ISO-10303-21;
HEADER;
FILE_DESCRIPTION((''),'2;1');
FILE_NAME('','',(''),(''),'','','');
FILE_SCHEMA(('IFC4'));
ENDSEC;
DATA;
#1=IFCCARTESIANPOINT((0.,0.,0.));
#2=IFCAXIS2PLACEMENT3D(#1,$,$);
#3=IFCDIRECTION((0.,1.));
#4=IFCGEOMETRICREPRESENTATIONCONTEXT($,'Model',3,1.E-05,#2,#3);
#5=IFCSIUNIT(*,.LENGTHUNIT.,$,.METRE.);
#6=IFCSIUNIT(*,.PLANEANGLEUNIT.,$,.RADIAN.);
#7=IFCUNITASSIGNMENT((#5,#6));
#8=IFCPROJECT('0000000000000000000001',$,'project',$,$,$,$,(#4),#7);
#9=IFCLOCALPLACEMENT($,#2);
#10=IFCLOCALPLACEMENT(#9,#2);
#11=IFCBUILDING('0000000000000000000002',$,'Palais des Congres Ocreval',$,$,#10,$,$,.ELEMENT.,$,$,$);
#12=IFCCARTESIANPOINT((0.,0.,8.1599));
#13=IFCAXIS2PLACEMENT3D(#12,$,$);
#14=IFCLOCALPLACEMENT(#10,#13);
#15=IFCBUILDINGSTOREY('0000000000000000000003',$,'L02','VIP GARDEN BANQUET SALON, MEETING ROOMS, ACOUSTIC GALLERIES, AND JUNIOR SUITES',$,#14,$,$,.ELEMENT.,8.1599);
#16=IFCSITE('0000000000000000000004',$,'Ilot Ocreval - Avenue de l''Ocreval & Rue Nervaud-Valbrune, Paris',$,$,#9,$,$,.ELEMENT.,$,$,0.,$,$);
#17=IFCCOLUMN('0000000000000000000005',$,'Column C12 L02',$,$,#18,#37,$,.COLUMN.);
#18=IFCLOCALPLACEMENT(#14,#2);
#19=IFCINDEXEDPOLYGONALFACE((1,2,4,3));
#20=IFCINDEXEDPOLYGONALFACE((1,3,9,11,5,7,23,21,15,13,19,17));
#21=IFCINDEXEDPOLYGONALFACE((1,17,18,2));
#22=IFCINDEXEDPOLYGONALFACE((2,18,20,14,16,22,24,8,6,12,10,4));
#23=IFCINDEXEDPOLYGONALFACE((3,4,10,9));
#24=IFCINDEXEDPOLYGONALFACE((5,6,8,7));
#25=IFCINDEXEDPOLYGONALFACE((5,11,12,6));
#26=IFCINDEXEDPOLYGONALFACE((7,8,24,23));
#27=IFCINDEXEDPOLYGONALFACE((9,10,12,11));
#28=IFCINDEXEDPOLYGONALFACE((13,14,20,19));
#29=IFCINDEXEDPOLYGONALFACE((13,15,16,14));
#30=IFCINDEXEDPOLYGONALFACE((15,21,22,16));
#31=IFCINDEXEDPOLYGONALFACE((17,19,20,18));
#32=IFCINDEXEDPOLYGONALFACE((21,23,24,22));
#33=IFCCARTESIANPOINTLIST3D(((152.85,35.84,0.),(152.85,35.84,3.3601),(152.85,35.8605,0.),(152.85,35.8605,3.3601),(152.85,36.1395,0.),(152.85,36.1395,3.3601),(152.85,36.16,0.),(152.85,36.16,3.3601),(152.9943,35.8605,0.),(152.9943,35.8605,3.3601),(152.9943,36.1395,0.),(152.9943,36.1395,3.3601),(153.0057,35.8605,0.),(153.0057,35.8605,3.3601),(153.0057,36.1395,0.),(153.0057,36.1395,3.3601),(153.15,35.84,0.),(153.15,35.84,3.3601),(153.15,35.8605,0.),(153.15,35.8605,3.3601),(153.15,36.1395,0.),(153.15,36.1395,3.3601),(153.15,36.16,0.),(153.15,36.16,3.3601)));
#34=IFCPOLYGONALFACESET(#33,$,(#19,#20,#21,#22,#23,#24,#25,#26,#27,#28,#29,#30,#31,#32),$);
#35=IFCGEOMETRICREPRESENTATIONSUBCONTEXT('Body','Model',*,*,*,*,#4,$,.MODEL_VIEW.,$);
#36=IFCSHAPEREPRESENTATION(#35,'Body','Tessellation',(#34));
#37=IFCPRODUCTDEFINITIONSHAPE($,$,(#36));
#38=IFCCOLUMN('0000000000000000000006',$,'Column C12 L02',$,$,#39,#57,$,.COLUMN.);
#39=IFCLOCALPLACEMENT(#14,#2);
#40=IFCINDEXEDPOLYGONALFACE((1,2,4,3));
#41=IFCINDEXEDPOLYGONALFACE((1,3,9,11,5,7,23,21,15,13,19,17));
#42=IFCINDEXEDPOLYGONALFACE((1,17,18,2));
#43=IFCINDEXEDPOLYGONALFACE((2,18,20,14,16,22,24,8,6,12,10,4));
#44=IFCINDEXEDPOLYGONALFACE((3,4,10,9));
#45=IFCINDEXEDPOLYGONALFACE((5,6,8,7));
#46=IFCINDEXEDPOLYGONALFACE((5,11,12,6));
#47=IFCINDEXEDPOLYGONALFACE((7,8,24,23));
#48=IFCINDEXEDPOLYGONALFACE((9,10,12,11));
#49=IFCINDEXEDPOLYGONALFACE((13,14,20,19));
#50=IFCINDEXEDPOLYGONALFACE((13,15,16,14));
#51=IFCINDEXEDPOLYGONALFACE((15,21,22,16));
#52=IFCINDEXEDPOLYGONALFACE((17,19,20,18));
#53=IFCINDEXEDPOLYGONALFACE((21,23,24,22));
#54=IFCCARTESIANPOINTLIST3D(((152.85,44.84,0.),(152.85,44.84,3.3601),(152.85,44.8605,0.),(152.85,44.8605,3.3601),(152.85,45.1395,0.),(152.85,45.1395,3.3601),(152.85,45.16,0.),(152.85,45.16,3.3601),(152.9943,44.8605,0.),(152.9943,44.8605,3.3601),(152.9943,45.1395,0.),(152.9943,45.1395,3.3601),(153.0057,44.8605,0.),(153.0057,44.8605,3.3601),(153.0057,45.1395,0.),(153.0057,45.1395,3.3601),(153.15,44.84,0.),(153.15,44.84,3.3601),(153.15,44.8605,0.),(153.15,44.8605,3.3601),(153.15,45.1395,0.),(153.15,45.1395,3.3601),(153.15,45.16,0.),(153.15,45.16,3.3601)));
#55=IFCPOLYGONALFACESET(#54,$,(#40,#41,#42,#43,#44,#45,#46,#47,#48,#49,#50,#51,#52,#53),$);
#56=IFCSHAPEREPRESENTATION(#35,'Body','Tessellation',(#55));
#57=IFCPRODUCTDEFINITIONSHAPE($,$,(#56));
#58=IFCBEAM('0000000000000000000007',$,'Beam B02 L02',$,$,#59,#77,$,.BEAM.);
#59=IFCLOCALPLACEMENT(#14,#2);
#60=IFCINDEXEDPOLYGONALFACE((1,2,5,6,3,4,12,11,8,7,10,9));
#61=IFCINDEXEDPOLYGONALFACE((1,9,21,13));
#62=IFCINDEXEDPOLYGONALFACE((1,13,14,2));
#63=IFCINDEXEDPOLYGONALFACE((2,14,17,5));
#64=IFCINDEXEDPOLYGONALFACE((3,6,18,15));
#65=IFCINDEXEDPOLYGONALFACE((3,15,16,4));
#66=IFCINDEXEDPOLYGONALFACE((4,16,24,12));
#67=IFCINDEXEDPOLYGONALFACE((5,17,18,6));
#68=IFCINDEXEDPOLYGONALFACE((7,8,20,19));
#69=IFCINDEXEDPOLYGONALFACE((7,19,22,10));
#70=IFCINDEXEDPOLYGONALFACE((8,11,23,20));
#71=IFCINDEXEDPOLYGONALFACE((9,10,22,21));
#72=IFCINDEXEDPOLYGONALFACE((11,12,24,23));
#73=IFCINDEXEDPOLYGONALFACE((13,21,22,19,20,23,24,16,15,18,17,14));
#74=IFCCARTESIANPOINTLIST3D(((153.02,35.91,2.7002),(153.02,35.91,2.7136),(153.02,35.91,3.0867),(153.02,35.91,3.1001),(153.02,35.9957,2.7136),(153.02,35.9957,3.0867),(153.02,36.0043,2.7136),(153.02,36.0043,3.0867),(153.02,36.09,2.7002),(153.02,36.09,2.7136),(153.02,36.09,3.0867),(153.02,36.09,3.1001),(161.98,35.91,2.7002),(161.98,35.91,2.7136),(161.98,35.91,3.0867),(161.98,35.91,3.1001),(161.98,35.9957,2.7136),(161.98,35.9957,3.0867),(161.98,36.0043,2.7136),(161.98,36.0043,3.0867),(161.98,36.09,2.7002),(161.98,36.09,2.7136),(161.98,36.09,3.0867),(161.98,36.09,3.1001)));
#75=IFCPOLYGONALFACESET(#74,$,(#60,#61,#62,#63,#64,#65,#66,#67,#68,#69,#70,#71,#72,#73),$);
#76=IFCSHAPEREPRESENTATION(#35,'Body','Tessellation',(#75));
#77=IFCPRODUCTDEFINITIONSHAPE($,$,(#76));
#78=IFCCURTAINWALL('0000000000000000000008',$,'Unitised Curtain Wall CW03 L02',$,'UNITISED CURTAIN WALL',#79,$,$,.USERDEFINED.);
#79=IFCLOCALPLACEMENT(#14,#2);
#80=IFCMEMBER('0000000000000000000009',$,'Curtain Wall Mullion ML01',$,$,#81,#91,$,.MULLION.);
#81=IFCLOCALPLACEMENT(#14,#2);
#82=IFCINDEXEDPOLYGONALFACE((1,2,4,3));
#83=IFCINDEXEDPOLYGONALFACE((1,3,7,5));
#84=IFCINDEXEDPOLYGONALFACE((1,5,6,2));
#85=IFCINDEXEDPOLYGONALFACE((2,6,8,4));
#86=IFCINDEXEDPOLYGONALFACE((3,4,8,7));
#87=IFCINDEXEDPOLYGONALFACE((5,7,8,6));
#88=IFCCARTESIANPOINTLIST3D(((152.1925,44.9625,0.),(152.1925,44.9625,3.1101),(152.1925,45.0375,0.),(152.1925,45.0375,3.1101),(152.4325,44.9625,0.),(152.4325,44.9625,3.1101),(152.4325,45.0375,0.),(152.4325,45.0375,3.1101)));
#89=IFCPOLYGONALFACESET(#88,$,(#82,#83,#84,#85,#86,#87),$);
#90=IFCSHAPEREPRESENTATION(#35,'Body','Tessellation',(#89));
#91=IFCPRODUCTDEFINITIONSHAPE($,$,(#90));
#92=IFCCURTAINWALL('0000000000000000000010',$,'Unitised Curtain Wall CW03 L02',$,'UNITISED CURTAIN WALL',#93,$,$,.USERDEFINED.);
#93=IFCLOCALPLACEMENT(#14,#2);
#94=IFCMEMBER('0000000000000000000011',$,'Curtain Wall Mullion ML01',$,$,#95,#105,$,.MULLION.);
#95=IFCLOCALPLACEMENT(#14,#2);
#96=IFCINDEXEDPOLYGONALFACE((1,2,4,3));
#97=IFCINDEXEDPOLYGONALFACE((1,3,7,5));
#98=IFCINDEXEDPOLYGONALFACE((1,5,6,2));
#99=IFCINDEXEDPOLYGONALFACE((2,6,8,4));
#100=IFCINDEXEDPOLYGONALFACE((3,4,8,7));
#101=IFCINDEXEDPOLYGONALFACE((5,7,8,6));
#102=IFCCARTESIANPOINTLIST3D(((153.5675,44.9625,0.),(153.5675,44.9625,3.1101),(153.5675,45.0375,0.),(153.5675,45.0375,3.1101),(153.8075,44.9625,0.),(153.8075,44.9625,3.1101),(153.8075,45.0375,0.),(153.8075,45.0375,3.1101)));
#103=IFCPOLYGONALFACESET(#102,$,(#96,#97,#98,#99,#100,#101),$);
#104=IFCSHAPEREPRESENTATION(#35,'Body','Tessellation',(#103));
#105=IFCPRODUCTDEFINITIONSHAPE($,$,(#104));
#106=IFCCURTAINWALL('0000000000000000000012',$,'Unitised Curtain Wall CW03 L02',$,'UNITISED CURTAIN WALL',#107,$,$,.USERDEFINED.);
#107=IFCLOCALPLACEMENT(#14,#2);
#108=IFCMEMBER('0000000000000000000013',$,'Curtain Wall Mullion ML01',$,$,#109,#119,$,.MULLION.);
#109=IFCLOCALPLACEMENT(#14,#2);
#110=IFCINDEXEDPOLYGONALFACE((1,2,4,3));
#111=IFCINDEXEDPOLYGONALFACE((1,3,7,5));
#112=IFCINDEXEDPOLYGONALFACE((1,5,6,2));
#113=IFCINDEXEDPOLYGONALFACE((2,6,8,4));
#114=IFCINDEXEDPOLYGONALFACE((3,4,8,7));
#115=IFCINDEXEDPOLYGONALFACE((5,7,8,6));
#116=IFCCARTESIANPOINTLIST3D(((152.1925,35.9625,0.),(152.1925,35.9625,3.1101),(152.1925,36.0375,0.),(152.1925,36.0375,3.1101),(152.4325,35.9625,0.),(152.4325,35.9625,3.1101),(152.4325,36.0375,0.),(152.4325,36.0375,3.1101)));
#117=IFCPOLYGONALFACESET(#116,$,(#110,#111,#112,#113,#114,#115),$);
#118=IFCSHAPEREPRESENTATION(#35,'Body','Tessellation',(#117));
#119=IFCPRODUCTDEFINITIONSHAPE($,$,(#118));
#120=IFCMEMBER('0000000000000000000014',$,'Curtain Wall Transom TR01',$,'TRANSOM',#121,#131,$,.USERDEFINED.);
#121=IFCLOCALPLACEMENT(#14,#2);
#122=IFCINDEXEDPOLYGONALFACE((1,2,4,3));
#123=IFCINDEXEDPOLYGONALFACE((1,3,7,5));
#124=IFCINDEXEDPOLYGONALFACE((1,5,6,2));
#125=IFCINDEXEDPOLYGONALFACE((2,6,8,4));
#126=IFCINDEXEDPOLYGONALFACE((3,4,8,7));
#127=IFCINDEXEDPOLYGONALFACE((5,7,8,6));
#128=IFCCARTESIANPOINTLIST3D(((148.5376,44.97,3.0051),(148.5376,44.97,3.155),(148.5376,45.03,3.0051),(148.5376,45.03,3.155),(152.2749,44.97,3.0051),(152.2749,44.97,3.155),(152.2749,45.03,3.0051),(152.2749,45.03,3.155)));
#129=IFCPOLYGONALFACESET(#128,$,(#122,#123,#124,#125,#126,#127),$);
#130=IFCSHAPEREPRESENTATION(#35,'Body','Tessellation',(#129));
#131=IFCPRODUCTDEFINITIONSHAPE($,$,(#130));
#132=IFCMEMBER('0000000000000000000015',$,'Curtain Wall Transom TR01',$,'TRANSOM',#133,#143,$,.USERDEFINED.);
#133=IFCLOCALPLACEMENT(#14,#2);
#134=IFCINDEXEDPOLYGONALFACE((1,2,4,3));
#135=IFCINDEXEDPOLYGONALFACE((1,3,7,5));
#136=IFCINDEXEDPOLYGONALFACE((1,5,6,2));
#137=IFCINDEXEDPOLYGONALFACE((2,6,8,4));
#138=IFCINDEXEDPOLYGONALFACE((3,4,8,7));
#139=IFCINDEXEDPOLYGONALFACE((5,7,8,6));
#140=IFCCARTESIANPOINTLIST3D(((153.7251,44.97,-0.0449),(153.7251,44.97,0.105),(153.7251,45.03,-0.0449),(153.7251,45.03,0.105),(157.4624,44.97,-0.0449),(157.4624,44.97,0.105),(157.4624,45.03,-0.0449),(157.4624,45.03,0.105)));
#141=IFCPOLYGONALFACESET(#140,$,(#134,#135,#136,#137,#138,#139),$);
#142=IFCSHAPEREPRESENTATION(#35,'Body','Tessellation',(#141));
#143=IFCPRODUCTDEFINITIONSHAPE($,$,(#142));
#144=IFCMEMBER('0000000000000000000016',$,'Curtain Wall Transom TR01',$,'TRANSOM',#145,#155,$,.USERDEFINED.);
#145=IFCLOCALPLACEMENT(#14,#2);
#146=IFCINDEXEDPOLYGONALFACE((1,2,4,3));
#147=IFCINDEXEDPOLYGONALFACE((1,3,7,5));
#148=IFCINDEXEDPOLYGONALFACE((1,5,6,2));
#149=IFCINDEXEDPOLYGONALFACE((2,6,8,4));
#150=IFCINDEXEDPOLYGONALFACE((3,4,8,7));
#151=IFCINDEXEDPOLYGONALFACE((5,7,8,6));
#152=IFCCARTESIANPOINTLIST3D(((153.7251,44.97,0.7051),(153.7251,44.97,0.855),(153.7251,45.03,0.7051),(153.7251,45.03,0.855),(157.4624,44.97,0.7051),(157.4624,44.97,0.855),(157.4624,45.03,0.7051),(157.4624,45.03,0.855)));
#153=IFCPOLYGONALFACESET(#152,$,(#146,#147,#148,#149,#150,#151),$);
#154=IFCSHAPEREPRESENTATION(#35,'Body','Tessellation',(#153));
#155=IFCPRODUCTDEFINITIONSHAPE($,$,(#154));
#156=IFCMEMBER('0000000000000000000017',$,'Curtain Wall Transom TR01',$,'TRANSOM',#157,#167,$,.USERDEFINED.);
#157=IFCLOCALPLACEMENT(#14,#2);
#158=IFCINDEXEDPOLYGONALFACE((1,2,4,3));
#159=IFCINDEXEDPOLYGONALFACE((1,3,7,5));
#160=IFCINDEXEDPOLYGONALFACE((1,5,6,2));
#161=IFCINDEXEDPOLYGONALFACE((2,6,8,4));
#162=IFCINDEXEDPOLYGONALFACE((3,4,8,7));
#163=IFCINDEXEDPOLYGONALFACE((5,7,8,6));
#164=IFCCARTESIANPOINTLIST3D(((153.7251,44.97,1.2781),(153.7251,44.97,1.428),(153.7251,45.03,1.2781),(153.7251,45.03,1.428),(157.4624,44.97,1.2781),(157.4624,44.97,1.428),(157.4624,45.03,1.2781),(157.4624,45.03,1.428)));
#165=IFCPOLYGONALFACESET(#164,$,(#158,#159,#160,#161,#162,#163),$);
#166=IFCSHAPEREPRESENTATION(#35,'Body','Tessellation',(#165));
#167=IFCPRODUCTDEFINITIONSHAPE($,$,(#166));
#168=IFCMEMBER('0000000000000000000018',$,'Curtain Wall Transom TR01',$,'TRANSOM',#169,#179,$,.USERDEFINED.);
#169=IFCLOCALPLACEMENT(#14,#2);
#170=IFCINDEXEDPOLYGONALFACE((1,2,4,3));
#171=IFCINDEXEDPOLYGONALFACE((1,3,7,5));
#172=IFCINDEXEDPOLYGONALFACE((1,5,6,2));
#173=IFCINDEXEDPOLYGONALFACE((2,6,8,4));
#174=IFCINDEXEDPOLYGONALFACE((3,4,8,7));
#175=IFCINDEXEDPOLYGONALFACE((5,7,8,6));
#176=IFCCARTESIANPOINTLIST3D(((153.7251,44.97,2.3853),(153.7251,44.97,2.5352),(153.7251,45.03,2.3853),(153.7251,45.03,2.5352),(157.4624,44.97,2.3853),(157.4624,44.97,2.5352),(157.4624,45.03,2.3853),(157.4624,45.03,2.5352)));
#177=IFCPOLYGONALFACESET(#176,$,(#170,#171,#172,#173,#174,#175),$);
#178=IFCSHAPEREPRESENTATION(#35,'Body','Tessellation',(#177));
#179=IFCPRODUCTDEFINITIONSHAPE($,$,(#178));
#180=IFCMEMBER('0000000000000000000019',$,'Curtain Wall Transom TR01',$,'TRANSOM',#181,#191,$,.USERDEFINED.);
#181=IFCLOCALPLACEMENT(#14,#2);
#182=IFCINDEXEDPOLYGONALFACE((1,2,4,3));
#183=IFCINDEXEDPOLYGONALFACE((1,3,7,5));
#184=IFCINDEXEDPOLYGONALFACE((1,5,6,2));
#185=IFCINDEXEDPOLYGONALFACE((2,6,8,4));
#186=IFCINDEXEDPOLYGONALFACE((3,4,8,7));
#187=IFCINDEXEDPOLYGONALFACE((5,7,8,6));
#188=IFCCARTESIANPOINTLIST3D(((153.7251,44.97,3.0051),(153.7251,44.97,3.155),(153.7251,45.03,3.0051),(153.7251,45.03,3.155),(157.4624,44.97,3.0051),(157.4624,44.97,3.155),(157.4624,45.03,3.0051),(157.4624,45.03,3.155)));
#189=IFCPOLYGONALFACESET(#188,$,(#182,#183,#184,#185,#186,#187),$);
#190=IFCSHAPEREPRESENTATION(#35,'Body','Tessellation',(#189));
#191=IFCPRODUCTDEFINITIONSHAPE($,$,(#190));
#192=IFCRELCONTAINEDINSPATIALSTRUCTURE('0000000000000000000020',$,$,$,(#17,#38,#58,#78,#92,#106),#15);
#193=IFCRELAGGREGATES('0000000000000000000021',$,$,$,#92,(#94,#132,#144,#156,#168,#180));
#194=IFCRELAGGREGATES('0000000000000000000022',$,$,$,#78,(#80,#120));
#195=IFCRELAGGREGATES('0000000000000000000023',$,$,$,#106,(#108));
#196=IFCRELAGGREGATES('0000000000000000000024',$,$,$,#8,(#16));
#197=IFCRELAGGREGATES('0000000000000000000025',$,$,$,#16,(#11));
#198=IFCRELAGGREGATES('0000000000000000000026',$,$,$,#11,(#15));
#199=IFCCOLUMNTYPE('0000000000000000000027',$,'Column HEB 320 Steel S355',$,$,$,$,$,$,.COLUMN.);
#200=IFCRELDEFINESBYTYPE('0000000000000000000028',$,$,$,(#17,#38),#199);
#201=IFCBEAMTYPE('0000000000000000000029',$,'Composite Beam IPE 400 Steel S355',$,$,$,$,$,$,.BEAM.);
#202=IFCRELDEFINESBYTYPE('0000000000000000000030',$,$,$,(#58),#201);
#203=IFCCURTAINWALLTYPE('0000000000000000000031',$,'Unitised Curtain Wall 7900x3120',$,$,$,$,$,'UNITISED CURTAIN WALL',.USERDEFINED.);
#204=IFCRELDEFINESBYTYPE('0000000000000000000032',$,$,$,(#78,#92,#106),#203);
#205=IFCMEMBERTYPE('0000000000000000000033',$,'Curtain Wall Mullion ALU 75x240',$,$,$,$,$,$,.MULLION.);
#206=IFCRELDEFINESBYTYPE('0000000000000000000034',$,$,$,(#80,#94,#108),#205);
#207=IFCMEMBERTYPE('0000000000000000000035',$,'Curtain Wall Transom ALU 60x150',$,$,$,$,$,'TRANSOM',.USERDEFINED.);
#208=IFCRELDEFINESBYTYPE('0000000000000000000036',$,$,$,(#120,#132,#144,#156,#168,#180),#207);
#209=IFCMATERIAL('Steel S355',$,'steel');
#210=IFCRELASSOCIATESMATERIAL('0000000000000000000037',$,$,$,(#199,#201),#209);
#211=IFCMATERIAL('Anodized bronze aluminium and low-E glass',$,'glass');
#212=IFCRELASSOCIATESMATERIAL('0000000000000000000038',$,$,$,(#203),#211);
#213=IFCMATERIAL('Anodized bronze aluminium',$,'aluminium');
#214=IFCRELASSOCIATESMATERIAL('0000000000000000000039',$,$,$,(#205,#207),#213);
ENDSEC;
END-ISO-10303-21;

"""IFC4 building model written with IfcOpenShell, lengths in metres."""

from ifc_helpers import new_model, si_unit, direction, frame, origin, origin_2d, place, context, subcontext, project, spatial, rectangle, i_section, extrude, material, material_profile, profile_set, type_object, element, aggregate, save


model = new_model("IFC4")

# Units and contexts
model_context = context("Model", 3, precision=1e-05, world=origin(), true_north=direction((0.0, 1.0)))
body_context = subcontext(model_context, "Body", "Model", "MODEL_VIEW")
ifc_project = project(units=[si_unit("LENGTHUNIT", "METRE"), si_unit("PLANEANGLEUNIT", "RADIAN")], contexts=[model_context])

# Site, building, storey
site_placement = place(None, origin())
site = spatial("IfcSite", under=ifc_project, at=site_placement, Name="Ilot Ocreval - Avenue de l'Ocreval & Rue Nervaud-Valbrune, Paris", CompositionType="ELEMENT", RefElevation=0.0)
building_placement = place(site_placement, origin())
building = spatial("IfcBuilding", under=site, at=building_placement, Name="Palais des Congres Ocreval", CompositionType="ELEMENT")
storey_placement = place(building_placement, frame((0.0, 0.0, 8.1599)))
storey = spatial("IfcBuildingStorey", under=building, at=storey_placement, Name="L02", Description="VIP GARDEN BANQUET SALON, MEETING ROOMS, ACOUSTIC GALLERIES, AND JUNIOR SUITES", CompositionType="ELEMENT", Elevation=8.1599)

# Columns
ifc_material_1 = material(Name="Steel S355", Category="steel")
ifc_material_profile_1 = material_profile(ifc_material_1, i_section(OverallWidth=0.3, OverallDepth=0.3201, WebThickness=0.0115, FlangeThickness=0.0205, at=origin_2d()), Name="HEB 320")
ifc_profile_set_1 = profile_set([ifc_material_profile_1], Name="Steel S355")
column_type = type_object("IfcColumnType", Name="Column HEB 320 Steel S355", PredefinedType="COLUMN", material=ifc_profile_set_1)
for number, where, z_axis, x_axis, name in (
    (1, (153.0, 36.0, 0.0), (0.0, 0.0, 1.0), (1.0, 0.0, 0.0), "Column C12 L02"),
    (2, (153.0, 45.0, 0.0), (0.0, 0.0, 1.0), (1.0, 0.0, 0.0), "Column C12 L02"),
):
    element("IfcColumn", number, at=place(storey_placement, frame(where, z_axis=z_axis, x_axis=x_axis)), inside=storey, type_object=column_type, Name=name, PredefinedType="COLUMN", context=body_context, shape_type="SweptSolid", body=[
        extrude(i_section(OverallWidth=0.3, OverallDepth=0.3201, WebThickness=0.0115, FlangeThickness=0.0205, at=origin_2d()), origin(), (0.0, 0.0, 1.0), 3.3601),
    ])

# Beam
ifc_material_profile_2 = material_profile(ifc_material_1, i_section(OverallWidth=0.1799, OverallDepth=0.3999, WebThickness=0.0085, FlangeThickness=0.0134, at=origin_2d()), Name="IPE 400")
ifc_profile_set_2 = profile_set([ifc_material_profile_2], Name="Steel S355")
beam_type_1 = type_object("IfcBeamType", Name="Composite Beam IPE 400 Steel S355", PredefinedType="BEAM", material=ifc_profile_set_2)
beam_1_placement = place(storey_placement, frame((153.02, 36.0, 2.9001), z_axis=(1.0, 0.0, 0.0), x_axis=(0.0, 1.0, 0.0)))
element("IfcBeam", 3, at=beam_1_placement, inside=storey, type_object=beam_type_1, Name="Beam B02 L02", PredefinedType="BEAM", context=body_context, shape_type="SweptSolid", body=[
    extrude(i_section(OverallWidth=0.1799, OverallDepth=0.3999, WebThickness=0.0085, FlangeThickness=0.0134, at=origin_2d()), origin(), (0.0, 0.0, 1.0), 8.96),
])

# Curtain walls, members
ifc_material_2 = material(Name="Anodized bronze aluminium and low-E glass", Category="glass")
curtain_wall_type = type_object("IfcCurtainWallType", Name="Unitised Curtain Wall 7900x3120", ElementType="UNITISED CURTAIN WALL", PredefinedType="USERDEFINED", material=ifc_material_2)
curtain_wall_1_placement = place(storey_placement, origin())
curtain_wall_1 = element("IfcCurtainWall", 4, at=curtain_wall_1_placement, inside=storey, type_object=curtain_wall_type, Name="Unitised Curtain Wall CW03 L02", ObjectType="UNITISED CURTAIN WALL", PredefinedType="USERDEFINED")
ifc_material_3 = material(Name="Anodized bronze aluminium", Category="aluminium")
ifc_material_profile_3 = material_profile(ifc_material_3, rectangle(XDim=0.075, YDim=0.24, at=origin_2d()), Name="ALU 75x240")
ifc_profile_set_3 = profile_set([ifc_material_profile_3], Name="Anodized bronze aluminium")
member_type_1 = type_object("IfcMemberType", Name="Curtain Wall Mullion ALU 75x240", PredefinedType="MULLION", material=ifc_profile_set_3)
member_1_placement = place(storey_placement, frame((152.3125, 45.0, 0.0), z_axis=(0.0, 0.0, 1.0), x_axis=(0.0, 1.0, 0.0)))
member_1 = element("IfcMember", 5, at=member_1_placement, type_object=member_type_1, Name="Curtain Wall Mullion ML01", PredefinedType="MULLION", context=body_context, shape_type="SweptSolid", body=[
    extrude(rectangle(XDim=0.075, YDim=0.24, at=origin_2d()), origin(), (0.0, 0.0, 1.0), 3.1101),
])
curtain_wall_2_placement = place(storey_placement, origin())
curtain_wall_2 = element("IfcCurtainWall", 6, at=curtain_wall_2_placement, inside=storey, type_object=curtain_wall_type, Name="Unitised Curtain Wall CW03 L02", ObjectType="UNITISED CURTAIN WALL", PredefinedType="USERDEFINED")
member_2_placement = place(storey_placement, frame((153.6875, 45.0, 0.0), z_axis=(0.0, 0.0, 1.0), x_axis=(0.0, 1.0, 0.0)))
member_2 = element("IfcMember", 7, at=member_2_placement, type_object=member_type_1, Name="Curtain Wall Mullion ML01", PredefinedType="MULLION", context=body_context, shape_type="SweptSolid", body=[
    extrude(rectangle(XDim=0.075, YDim=0.24, at=origin_2d()), origin(), (0.0, 0.0, 1.0), 3.1101),
])
curtain_wall_3_placement = place(storey_placement, origin())
curtain_wall_3 = element("IfcCurtainWall", 8, at=curtain_wall_3_placement, inside=storey, type_object=curtain_wall_type, Name="Unitised Curtain Wall CW03 L02", ObjectType="UNITISED CURTAIN WALL", PredefinedType="USERDEFINED")
member_3_placement = place(storey_placement, frame((152.3125, 36.0, 0.0), z_axis=(0.0, 0.0, 1.0), x_axis=(0.0, -1.0, 0.0)))
member_3 = element("IfcMember", 9, at=member_3_placement, type_object=member_type_1, Name="Curtain Wall Mullion ML01", PredefinedType="MULLION", context=body_context, shape_type="SweptSolid", body=[
    extrude(rectangle(XDim=0.075, YDim=0.24, at=origin_2d()), origin(), (0.0, 0.0, 1.0), 3.1101),
])

# Members
ifc_material_profile_4 = material_profile(ifc_material_3, rectangle(XDim=0.0601, YDim=0.1499, at=origin_2d()), Name="ALU 60x150")
ifc_profile_set_4 = profile_set([ifc_material_profile_4], Name="Anodized bronze aluminium")
member_type_2 = type_object("IfcMemberType", Name="Curtain Wall Transom ALU 60x150", ElementType="TRANSOM", PredefinedType="USERDEFINED", material=ifc_profile_set_4)
member_4_placement = place(storey_placement, frame((148.5376, 45.0, 3.0801), z_axis=(1.0, 0.0, 0.0), x_axis=(0.0, 1.0, 0.0)))
member_4 = element("IfcMember", 10, at=member_4_placement, type_object=member_type_2, Name="Curtain Wall Transom TR01", ObjectType="TRANSOM", PredefinedType="USERDEFINED", context=body_context, shape_type="SweptSolid", body=[
    extrude(rectangle(XDim=0.0601, YDim=0.1499, at=origin_2d()), origin(), (0.0, 0.0, 1.0), 3.7373),
])
member_5_placement = place(storey_placement, frame((153.7251, 45.0, 0.03), z_axis=(1.0, 0.0, 0.0), x_axis=(0.0, 1.0, 0.0)))
member_5 = element("IfcMember", 11, at=member_5_placement, type_object=member_type_2, Name="Curtain Wall Transom TR01", ObjectType="TRANSOM", PredefinedType="USERDEFINED", context=body_context, shape_type="SweptSolid", body=[
    extrude(rectangle(XDim=0.0601, YDim=0.1499, at=origin_2d()), origin(), (0.0, 0.0, 1.0), 3.7373),
])
member_6_placement = place(storey_placement, frame((153.7251, 45.0, 0.78), z_axis=(1.0, 0.0, 0.0), x_axis=(0.0, 1.0, 0.0)))
member_6 = element("IfcMember", 12, at=member_6_placement, type_object=member_type_2, Name="Curtain Wall Transom TR01", ObjectType="TRANSOM", PredefinedType="USERDEFINED", context=body_context, shape_type="SweptSolid", body=[
    extrude(rectangle(XDim=0.0601, YDim=0.1499, at=origin_2d()), origin(), (0.0, 0.0, 1.0), 3.7373),
])
member_7_placement = place(storey_placement, frame((153.7251, 45.0, 1.353), z_axis=(1.0, 0.0, 0.0), x_axis=(0.0, 1.0, 0.0)))
member_7 = element("IfcMember", 13, at=member_7_placement, type_object=member_type_2, Name="Curtain Wall Transom TR01", ObjectType="TRANSOM", PredefinedType="USERDEFINED", context=body_context, shape_type="SweptSolid", body=[
    extrude(rectangle(XDim=0.0601, YDim=0.1499, at=origin_2d()), origin(), (0.0, 0.0, 1.0), 3.7373),
])
member_8_placement = place(storey_placement, frame((153.7251, 45.0, 2.4602), z_axis=(1.0, 0.0, 0.0), x_axis=(0.0, 1.0, 0.0)))
member_8 = element("IfcMember", 14, at=member_8_placement, type_object=member_type_2, Name="Curtain Wall Transom TR01", ObjectType="TRANSOM", PredefinedType="USERDEFINED", context=body_context, shape_type="SweptSolid", body=[
    extrude(rectangle(XDim=0.0601, YDim=0.1499, at=origin_2d()), origin(), (0.0, 0.0, 1.0), 3.7373),
])
member_9_placement = place(storey_placement, frame((153.7251, 45.0, 3.0801), z_axis=(1.0, 0.0, 0.0), x_axis=(0.0, 1.0, 0.0)))
member_9 = element("IfcMember", 15, at=member_9_placement, type_object=member_type_2, Name="Curtain Wall Transom TR01", ObjectType="TRANSOM", PredefinedType="USERDEFINED", context=body_context, shape_type="SweptSolid", body=[
    extrude(rectangle(XDim=0.0601, YDim=0.1499, at=origin_2d()), origin(), (0.0, 0.0, 1.0), 3.7373),
])

aggregate(curtain_wall_2, [member_2, member_5, member_6, member_7, member_8, member_9])
aggregate(curtain_wall_1, [member_1, member_4])
aggregate(curtain_wall_3, [member_3])

save(model, "model.ifc")
